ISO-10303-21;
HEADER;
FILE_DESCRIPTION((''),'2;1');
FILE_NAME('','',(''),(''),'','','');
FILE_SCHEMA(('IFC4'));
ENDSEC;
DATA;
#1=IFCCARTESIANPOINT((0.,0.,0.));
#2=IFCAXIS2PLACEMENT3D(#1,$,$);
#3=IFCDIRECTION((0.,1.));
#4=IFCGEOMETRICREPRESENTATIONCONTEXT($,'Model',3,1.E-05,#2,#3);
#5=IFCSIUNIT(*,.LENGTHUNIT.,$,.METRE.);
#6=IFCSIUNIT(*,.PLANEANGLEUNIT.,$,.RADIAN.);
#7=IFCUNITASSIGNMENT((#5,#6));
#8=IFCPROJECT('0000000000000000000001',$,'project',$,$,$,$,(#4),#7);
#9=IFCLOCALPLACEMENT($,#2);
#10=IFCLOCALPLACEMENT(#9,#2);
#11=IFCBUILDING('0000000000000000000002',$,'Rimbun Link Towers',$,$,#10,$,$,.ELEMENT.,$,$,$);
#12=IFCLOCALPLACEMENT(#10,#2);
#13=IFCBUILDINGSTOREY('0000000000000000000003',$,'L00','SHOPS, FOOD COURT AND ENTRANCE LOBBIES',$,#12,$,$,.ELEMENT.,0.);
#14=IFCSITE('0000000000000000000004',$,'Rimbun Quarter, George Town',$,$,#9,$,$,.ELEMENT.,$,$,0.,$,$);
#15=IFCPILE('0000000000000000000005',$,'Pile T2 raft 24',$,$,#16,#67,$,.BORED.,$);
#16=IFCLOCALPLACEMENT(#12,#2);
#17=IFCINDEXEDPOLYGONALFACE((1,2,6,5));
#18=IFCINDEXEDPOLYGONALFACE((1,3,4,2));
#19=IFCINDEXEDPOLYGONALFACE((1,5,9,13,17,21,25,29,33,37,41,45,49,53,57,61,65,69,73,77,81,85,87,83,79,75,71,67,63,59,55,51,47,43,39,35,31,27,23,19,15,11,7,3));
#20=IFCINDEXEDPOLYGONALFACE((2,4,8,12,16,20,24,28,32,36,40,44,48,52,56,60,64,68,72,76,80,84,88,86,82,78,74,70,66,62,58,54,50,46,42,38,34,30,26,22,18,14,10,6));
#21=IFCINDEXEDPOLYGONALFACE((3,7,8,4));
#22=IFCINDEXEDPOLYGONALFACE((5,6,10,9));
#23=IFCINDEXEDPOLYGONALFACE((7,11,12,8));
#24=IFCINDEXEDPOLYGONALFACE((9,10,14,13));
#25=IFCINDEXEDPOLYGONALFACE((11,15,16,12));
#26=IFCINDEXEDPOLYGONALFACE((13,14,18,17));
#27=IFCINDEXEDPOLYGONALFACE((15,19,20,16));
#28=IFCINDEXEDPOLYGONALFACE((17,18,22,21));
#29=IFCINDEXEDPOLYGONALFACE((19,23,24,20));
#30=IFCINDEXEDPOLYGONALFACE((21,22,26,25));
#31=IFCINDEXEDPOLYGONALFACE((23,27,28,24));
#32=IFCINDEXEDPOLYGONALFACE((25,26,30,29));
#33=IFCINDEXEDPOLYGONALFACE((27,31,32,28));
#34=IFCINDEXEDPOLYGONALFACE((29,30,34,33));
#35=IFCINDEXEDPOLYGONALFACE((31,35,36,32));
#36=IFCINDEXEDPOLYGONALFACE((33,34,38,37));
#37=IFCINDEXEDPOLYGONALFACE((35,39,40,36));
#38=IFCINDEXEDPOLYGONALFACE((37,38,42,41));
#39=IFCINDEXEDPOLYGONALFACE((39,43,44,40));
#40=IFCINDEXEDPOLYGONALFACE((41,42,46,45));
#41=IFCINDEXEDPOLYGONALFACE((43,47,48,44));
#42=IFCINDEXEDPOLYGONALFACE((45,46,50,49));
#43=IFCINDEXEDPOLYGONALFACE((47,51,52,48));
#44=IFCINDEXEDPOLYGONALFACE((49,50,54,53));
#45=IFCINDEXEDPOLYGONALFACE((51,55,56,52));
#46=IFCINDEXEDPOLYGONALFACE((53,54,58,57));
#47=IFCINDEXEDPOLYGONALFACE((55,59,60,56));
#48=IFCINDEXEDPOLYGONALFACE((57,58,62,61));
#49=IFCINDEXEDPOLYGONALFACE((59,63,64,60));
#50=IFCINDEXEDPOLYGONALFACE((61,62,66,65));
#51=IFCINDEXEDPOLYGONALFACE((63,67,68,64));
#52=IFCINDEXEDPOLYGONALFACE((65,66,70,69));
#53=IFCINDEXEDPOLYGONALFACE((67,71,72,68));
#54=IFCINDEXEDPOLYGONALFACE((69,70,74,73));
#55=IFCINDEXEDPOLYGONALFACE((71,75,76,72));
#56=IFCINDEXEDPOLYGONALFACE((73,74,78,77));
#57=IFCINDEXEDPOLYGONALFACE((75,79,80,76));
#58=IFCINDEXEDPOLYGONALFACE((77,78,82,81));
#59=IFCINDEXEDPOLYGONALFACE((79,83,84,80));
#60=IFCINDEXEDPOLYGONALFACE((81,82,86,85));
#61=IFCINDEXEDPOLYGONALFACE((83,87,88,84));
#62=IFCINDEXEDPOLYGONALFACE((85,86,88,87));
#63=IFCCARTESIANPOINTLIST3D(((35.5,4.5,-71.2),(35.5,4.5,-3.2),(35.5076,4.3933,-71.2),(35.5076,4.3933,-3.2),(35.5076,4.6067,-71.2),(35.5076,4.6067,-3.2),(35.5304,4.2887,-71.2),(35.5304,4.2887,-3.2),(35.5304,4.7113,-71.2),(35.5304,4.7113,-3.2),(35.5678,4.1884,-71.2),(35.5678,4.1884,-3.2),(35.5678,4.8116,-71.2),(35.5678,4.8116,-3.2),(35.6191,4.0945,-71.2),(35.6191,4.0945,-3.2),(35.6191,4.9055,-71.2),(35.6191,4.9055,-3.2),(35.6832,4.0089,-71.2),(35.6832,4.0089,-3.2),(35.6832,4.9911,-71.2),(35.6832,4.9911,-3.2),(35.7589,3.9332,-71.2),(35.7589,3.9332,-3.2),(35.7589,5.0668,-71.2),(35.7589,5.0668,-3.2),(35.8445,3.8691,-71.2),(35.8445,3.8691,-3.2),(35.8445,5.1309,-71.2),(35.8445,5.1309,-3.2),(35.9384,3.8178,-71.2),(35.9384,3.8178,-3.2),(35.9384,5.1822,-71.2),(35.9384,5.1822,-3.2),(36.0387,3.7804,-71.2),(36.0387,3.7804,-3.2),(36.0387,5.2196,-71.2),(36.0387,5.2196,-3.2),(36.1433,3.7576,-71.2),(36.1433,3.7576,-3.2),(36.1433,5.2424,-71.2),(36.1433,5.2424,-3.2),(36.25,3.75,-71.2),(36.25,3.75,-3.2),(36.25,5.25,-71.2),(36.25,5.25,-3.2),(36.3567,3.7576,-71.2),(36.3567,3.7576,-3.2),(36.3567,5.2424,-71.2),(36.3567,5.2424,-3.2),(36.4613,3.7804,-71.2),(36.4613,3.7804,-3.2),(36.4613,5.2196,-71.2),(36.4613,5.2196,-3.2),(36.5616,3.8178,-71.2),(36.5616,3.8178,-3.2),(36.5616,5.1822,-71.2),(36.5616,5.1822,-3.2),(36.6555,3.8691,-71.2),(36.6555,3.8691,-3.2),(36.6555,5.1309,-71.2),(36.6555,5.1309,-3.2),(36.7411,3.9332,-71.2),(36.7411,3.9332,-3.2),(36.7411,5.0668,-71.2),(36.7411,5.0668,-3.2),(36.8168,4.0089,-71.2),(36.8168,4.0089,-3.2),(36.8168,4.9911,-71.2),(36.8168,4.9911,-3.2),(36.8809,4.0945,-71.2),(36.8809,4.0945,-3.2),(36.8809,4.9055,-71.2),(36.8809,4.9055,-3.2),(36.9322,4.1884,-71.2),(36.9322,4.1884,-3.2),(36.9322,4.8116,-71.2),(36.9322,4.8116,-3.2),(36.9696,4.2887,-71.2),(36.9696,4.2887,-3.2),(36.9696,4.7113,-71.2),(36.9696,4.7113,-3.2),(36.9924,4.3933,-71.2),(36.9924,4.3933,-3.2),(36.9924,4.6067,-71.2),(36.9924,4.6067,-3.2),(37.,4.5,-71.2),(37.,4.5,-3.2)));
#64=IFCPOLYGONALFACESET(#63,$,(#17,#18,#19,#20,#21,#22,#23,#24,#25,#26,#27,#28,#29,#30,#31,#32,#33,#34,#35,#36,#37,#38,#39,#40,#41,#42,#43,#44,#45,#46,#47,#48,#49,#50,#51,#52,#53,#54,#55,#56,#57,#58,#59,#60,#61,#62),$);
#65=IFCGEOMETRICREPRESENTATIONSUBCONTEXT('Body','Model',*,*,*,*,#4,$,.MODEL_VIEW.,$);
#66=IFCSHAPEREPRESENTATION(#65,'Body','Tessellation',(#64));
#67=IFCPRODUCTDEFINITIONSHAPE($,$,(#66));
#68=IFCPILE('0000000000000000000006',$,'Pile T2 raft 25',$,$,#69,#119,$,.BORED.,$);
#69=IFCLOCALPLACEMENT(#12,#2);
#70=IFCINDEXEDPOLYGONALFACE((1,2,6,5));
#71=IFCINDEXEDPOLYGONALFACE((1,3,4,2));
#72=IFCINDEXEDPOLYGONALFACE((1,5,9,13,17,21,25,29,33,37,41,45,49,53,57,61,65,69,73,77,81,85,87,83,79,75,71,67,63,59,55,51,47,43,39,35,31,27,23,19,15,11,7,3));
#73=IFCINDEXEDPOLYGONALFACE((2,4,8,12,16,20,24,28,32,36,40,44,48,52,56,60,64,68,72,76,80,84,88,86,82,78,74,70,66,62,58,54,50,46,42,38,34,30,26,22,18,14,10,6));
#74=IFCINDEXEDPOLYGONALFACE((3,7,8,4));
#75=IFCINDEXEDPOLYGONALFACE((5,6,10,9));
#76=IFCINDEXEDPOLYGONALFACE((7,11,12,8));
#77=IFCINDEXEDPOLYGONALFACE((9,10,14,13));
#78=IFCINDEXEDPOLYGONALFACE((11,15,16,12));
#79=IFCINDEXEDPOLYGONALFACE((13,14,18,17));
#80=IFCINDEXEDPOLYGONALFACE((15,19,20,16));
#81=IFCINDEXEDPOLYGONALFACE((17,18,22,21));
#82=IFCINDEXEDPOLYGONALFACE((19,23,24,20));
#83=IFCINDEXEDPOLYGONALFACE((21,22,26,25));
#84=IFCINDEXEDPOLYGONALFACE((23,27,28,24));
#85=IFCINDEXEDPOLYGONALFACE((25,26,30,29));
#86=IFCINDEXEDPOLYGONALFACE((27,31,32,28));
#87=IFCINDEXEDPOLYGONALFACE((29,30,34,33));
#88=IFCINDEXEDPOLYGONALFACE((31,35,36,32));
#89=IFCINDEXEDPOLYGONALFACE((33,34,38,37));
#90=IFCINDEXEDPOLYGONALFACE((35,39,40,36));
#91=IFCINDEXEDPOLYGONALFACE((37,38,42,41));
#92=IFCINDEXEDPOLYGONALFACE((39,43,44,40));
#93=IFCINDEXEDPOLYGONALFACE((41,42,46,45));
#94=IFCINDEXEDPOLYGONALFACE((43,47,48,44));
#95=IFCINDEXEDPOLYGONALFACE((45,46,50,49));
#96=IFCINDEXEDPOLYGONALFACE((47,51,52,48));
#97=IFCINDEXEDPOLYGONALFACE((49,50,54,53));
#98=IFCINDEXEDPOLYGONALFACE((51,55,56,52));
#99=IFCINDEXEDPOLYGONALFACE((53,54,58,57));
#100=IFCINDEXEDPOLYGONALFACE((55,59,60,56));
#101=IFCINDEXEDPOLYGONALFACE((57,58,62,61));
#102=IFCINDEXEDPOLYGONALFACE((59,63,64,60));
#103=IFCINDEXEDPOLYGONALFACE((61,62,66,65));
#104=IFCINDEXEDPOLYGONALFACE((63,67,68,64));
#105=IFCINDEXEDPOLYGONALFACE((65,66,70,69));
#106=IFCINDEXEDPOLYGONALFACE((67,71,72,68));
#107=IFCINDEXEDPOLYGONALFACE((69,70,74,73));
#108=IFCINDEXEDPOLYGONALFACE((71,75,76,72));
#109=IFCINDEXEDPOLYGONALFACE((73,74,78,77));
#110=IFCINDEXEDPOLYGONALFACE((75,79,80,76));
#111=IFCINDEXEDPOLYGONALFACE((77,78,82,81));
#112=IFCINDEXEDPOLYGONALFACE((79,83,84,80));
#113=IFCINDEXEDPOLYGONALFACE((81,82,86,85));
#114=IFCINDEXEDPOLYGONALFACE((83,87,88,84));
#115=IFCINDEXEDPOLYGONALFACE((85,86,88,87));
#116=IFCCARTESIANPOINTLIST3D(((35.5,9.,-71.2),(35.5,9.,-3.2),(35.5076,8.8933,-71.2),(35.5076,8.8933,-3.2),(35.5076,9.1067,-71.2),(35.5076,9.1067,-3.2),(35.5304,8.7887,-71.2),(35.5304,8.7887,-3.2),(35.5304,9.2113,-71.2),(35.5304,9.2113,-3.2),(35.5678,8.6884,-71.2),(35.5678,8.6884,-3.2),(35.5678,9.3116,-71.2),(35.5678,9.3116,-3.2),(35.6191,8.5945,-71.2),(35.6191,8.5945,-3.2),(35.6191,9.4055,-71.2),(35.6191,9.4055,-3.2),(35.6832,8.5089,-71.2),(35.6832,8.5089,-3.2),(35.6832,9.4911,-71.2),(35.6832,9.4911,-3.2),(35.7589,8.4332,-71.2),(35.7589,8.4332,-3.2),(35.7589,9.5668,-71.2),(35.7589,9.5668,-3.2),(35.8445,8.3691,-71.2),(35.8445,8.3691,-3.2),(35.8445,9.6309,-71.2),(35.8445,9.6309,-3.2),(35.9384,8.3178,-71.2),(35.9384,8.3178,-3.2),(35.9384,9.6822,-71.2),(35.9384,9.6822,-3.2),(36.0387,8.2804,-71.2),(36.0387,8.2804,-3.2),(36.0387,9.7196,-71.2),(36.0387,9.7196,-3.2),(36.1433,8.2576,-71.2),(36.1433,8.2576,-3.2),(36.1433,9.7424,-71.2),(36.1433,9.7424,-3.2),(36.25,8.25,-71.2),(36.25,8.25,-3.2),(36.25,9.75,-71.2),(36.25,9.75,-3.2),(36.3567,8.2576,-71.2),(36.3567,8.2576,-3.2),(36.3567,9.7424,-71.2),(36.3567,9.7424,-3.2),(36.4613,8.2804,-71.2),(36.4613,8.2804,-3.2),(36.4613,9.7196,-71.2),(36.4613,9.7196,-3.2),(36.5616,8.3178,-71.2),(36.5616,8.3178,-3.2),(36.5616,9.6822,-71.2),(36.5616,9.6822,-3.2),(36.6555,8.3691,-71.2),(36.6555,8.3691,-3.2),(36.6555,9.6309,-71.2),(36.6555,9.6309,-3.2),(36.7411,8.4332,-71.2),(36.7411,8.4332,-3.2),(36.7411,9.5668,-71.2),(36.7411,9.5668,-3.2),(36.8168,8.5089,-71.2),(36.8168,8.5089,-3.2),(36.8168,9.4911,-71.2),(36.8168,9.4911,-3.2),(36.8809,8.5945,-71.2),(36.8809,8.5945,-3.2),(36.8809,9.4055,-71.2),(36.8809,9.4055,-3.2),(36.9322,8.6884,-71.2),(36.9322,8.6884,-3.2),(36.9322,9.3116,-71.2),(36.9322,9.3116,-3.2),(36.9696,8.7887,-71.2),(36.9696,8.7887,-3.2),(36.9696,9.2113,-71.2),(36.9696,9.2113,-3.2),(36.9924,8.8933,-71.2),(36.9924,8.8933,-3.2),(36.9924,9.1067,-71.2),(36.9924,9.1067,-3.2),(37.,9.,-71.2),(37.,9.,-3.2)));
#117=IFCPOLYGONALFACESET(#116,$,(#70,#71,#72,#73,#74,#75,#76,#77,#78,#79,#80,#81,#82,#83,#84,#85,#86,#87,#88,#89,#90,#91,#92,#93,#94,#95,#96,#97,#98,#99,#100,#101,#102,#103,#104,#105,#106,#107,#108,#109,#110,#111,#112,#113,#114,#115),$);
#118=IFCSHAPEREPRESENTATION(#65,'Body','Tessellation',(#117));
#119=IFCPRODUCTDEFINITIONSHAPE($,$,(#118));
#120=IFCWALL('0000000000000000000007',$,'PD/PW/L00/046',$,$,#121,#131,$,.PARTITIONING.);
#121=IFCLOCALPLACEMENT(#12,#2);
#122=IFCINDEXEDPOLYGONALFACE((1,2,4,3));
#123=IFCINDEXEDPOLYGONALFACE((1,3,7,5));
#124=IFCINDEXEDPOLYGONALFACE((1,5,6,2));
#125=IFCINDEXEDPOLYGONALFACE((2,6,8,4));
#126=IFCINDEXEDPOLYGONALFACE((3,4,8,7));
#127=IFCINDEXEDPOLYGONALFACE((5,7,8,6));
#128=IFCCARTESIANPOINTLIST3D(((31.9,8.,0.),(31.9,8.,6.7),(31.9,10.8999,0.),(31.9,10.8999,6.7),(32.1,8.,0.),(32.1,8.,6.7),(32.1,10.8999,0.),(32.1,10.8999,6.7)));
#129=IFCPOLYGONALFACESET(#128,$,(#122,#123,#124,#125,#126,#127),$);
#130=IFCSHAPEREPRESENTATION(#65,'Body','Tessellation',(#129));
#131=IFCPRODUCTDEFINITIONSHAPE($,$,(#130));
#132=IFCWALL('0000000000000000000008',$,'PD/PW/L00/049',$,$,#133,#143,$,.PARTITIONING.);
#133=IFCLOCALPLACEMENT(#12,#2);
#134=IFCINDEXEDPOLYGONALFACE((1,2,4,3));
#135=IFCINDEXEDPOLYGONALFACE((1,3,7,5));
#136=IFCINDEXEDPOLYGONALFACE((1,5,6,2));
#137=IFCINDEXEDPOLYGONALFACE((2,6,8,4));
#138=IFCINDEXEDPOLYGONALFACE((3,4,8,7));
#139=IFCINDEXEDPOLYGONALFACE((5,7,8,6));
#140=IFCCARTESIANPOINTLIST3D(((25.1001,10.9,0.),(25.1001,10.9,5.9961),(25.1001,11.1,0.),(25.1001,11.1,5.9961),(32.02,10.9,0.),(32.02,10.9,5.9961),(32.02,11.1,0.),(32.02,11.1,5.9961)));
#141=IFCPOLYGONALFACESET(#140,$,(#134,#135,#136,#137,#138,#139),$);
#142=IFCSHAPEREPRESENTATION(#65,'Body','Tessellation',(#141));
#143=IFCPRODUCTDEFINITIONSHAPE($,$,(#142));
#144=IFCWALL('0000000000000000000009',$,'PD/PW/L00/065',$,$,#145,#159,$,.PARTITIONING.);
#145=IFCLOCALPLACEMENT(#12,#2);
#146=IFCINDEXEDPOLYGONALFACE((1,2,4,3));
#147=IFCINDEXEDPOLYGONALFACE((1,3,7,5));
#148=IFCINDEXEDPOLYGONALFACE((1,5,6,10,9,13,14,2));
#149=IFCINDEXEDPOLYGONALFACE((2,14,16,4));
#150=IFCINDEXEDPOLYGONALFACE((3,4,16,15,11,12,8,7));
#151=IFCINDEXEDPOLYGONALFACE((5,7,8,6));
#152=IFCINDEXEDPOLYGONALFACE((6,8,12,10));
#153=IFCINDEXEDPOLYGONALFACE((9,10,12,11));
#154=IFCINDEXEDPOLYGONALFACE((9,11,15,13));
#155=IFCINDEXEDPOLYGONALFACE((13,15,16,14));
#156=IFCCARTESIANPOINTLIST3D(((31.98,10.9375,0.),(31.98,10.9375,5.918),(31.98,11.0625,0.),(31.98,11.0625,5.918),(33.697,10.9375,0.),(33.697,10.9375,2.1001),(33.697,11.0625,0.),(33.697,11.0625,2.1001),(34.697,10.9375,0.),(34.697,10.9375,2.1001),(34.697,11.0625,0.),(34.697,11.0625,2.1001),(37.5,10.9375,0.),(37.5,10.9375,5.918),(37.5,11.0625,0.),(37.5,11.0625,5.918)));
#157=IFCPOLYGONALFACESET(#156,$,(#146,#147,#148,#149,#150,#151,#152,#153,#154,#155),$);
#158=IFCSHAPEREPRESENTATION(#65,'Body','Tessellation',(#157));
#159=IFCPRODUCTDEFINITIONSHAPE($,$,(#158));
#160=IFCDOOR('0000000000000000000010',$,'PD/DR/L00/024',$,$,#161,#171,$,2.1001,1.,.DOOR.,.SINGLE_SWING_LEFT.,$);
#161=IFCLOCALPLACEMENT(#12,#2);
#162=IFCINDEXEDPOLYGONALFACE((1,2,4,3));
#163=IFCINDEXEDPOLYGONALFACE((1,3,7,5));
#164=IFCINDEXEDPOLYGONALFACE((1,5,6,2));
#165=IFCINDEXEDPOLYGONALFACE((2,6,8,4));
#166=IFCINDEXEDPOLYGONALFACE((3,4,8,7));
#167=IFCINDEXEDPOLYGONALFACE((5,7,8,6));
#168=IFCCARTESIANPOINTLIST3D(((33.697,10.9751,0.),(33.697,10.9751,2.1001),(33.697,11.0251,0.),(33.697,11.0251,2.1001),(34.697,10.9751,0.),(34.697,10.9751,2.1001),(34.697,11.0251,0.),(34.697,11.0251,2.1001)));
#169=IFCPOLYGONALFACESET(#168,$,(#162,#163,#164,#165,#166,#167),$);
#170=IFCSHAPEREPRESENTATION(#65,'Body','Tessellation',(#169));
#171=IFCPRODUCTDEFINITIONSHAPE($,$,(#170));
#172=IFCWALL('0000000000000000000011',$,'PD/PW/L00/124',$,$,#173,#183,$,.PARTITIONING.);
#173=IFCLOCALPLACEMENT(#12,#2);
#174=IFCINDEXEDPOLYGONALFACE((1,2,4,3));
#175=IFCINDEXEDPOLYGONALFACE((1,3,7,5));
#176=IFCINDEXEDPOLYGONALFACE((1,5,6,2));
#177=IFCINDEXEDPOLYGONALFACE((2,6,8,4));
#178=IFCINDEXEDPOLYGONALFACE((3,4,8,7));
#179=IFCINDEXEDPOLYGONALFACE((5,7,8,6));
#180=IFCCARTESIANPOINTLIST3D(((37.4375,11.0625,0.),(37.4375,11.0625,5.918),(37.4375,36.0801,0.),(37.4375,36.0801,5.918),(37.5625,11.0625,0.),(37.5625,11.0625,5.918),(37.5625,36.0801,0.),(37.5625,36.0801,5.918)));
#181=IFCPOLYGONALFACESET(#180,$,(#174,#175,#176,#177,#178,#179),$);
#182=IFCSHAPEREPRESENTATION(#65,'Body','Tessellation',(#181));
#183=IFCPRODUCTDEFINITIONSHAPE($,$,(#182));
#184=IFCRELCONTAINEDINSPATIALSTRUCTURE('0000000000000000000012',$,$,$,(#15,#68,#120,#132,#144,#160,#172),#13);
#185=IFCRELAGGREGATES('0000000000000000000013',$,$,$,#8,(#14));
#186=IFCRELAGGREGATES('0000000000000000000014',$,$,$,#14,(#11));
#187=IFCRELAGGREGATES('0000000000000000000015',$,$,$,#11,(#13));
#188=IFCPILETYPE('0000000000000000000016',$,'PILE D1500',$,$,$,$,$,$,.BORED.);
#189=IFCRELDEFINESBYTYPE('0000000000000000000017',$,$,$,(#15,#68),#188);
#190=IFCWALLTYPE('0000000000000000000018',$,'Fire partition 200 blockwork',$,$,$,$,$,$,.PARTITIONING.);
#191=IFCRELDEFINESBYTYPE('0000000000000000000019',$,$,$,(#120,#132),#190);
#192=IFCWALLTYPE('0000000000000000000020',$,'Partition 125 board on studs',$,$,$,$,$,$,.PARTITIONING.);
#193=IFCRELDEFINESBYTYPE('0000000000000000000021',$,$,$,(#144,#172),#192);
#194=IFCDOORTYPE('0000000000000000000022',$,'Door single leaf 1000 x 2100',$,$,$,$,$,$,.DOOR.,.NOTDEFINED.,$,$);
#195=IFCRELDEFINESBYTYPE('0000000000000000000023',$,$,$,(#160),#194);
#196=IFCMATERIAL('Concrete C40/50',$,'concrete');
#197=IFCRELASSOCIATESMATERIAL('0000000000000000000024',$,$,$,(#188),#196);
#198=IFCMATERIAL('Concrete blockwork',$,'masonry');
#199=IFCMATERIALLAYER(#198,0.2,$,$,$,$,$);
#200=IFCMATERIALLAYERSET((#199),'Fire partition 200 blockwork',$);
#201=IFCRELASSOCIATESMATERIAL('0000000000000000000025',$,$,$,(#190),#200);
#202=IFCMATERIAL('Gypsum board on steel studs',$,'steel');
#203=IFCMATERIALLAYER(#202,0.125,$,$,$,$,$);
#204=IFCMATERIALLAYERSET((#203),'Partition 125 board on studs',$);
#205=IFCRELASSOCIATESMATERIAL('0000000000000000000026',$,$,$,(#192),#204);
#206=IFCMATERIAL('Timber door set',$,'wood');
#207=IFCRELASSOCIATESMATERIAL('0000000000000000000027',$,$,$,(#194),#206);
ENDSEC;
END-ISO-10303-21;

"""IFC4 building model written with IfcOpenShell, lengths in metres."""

from ifc_helpers import new_model, si_unit, direction, frame, frame_2d, origin, origin_2d, place, context, subcontext, project, spatial, rectangle, circle, extrude, material, layer, layer_set, material_profile, profile_set, type_object, element, fill, save


model = new_model("IFC4")

# Units and contexts
model_context = context("Model", 3, precision=1e-05, world=origin(), true_north=direction((0.0, 1.0)))
body_context = subcontext(model_context, "Body", "Model", "MODEL_VIEW")
ifc_project = project(units=[si_unit("LENGTHUNIT", "METRE"), si_unit("PLANEANGLEUNIT", "RADIAN")], contexts=[model_context])

# Site, building, storey
site_placement = place(None, origin())
site = spatial("IfcSite", under=ifc_project, at=site_placement, Name="Rimbun Quarter, George Town", CompositionType="ELEMENT", RefElevation=0.0)
building_placement = place(site_placement, origin())
building = spatial("IfcBuilding", under=site, at=building_placement, Name="Rimbun Link Towers", CompositionType="ELEMENT")
storey_placement = place(building_placement, origin())
storey = spatial("IfcBuildingStorey", under=building, at=storey_placement, Name="L00", Description="SHOPS, FOOD COURT AND ENTRANCE LOBBIES", CompositionType="ELEMENT", Elevation=0.0)

# Piles
ifc_material_1 = material(Name="Concrete C40/50", Category="concrete")
ifc_material_profile = material_profile(ifc_material_1, circle(Radius=0.75, at=origin_2d()), Name="PILE D1500")
ifc_profile_set = profile_set([ifc_material_profile], Name="Concrete C40/50")
pile_type = type_object("IfcPileType", Name="PILE D1500", PredefinedType="BORED", material=ifc_profile_set)
for number, where, z_axis, x_axis, name in (
    (1, (36.25, 4.5, -3.2), (0.0, 0.0, -1.0), (1.0, 0.0, 0.0), "Pile T2 raft 24"),
    (2, (36.25, 9.0, -3.2), (0.0, 0.0, -1.0), (1.0, 0.0, 0.0), "Pile T2 raft 25"),
):
    element("IfcPile", number, at=place(storey_placement, frame(where, z_axis=z_axis, x_axis=x_axis)), inside=storey, type_object=pile_type, Name=name, PredefinedType="BORED", context=body_context, shape_type="SweptSolid", body=[
        extrude(circle(Radius=0.75, at=origin_2d()), origin(), (0.0, 0.0, 1.0), 68.0),
    ])

# Walls
ifc_material_2 = material(Name="Concrete blockwork", Category="masonry")
ifc_layer_1 = layer(ifc_material_2, 0.2)
ifc_layer_set_1 = layer_set([ifc_layer_1], Name="Fire partition 200 blockwork")
wall_type_1 = type_object("IfcWallType", Name="Fire partition 200 blockwork", PredefinedType="PARTITIONING", material=ifc_layer_set_1)
wall_1_placement = place(storey_placement, frame((32.0, 8.0, 0.0), z_axis=(0.0, 0.0, 1.0), x_axis=(0.0, 1.0, 0.0)))
element("IfcWall", 3, at=wall_1_placement, inside=storey, type_object=wall_type_1, Name="PD/PW/L00/046", PredefinedType="PARTITIONING", context=body_context, shape_type="SweptSolid", body=[
    extrude(rectangle(XDim=2.8999, YDim=0.2, at=frame_2d((1.45, 0.0))), origin(), (0.0, 0.0, 1.0), 6.7),
])
wall_2_placement = place(storey_placement, frame((32.02, 11.0, 0.0), z_axis=(0.0, 0.0, 1.0), x_axis=(-1.0, 0.0, 0.0)))
element("IfcWall", 4, at=wall_2_placement, inside=storey, type_object=wall_type_1, Name="PD/PW/L00/049", PredefinedType="PARTITIONING", context=body_context, shape_type="SweptSolid", body=[
    extrude(rectangle(XDim=6.9199, YDim=0.2, at=frame_2d((3.46, 0.0))), origin(), (0.0, 0.0, 1.0), 5.9961),
])

# Wall, opening, door
ifc_material_3 = material(Name="Gypsum board on steel studs", Category="steel")
ifc_layer_2 = layer(ifc_material_3, 0.125)
ifc_layer_set_2 = layer_set([ifc_layer_2], Name="Partition 125 board on studs")
wall_type_2 = type_object("IfcWallType", Name="Partition 125 board on studs", PredefinedType="PARTITIONING", material=ifc_layer_set_2)
wall_3_placement = place(storey_placement, frame((37.5, 11.0, 0.0), z_axis=(0.0, 0.0, 1.0), x_axis=(-1.0, 0.0, 0.0)))
wall_3 = element("IfcWall", 5, at=wall_3_placement, inside=storey, type_object=wall_type_2, Name="PD/PW/L00/065", PredefinedType="PARTITIONING", context=body_context, shape_type="SweptSolid", body=[
    extrude(rectangle(XDim=5.52, YDim=0.125, at=frame_2d((2.76, 0.0))), origin(), (0.0, 0.0, 1.0), 5.918),
])
opening_1_placement = place(wall_3_placement, frame((2.803, 0.0, 0.0)))
opening_1 = element("IfcOpeningElement", 6, at=opening_1_placement, cuts=wall_3, PredefinedType="OPENING", context=body_context, shape_type="SweptSolid", body=[
    extrude(rectangle(XDim=1.0, YDim=2.1001, at=frame_2d((0.5, 1.05))), frame((0.0, 0.0725, 0.0), z_axis=(0.0, -1.0, 0.0), x_axis=(1.0, 0.0, 0.0)), (0.0, 0.0, 1.0), 0.145),
])
ifc_material_4 = material(Name="Timber door set", Category="wood")
door_type_1 = type_object("IfcDoorType", Name="Door single leaf 1000 x 2100", OperationType="NOTDEFINED", PredefinedType="DOOR", material=ifc_material_4)
door_1_placement = place(opening_1_placement, origin())
door_1 = element("IfcDoor", 7, at=door_1_placement, inside=storey, type_object=door_type_1, Name="PD/DR/L00/024", OperationType="SINGLE_SWING_LEFT", OverallHeight=2.1001, OverallWidth=1.0, PredefinedType="DOOR", context=body_context, shape_type="SweptSolid", body=[
    extrude(rectangle(XDim=1.0, YDim=2.1001, at=frame_2d((0.5, 1.05))), frame((0.0, 0.0249, 0.0), z_axis=(0.0, -1.0, 0.0), x_axis=(1.0, 0.0, 0.0)), (0.0, 0.0, 1.0), 0.05),
])
fill(opening_1, door_1)

# Wall
wall_4_placement = place(storey_placement, frame((37.5, 11.0625, 0.0), z_axis=(0.0, 0.0, 1.0), x_axis=(0.0, 1.0, 0.0)))
element("IfcWall", 8, at=wall_4_placement, inside=storey, type_object=wall_type_2, Name="PD/PW/L00/124", PredefinedType="PARTITIONING", context=body_context, shape_type="SweptSolid", body=[
    extrude(rectangle(XDim=25.0176, YDim=0.125, at=frame_2d((12.5088, 0.0))), origin(), (0.0, 0.0, 1.0), 5.918),
])

save(model, "model.ifc")
